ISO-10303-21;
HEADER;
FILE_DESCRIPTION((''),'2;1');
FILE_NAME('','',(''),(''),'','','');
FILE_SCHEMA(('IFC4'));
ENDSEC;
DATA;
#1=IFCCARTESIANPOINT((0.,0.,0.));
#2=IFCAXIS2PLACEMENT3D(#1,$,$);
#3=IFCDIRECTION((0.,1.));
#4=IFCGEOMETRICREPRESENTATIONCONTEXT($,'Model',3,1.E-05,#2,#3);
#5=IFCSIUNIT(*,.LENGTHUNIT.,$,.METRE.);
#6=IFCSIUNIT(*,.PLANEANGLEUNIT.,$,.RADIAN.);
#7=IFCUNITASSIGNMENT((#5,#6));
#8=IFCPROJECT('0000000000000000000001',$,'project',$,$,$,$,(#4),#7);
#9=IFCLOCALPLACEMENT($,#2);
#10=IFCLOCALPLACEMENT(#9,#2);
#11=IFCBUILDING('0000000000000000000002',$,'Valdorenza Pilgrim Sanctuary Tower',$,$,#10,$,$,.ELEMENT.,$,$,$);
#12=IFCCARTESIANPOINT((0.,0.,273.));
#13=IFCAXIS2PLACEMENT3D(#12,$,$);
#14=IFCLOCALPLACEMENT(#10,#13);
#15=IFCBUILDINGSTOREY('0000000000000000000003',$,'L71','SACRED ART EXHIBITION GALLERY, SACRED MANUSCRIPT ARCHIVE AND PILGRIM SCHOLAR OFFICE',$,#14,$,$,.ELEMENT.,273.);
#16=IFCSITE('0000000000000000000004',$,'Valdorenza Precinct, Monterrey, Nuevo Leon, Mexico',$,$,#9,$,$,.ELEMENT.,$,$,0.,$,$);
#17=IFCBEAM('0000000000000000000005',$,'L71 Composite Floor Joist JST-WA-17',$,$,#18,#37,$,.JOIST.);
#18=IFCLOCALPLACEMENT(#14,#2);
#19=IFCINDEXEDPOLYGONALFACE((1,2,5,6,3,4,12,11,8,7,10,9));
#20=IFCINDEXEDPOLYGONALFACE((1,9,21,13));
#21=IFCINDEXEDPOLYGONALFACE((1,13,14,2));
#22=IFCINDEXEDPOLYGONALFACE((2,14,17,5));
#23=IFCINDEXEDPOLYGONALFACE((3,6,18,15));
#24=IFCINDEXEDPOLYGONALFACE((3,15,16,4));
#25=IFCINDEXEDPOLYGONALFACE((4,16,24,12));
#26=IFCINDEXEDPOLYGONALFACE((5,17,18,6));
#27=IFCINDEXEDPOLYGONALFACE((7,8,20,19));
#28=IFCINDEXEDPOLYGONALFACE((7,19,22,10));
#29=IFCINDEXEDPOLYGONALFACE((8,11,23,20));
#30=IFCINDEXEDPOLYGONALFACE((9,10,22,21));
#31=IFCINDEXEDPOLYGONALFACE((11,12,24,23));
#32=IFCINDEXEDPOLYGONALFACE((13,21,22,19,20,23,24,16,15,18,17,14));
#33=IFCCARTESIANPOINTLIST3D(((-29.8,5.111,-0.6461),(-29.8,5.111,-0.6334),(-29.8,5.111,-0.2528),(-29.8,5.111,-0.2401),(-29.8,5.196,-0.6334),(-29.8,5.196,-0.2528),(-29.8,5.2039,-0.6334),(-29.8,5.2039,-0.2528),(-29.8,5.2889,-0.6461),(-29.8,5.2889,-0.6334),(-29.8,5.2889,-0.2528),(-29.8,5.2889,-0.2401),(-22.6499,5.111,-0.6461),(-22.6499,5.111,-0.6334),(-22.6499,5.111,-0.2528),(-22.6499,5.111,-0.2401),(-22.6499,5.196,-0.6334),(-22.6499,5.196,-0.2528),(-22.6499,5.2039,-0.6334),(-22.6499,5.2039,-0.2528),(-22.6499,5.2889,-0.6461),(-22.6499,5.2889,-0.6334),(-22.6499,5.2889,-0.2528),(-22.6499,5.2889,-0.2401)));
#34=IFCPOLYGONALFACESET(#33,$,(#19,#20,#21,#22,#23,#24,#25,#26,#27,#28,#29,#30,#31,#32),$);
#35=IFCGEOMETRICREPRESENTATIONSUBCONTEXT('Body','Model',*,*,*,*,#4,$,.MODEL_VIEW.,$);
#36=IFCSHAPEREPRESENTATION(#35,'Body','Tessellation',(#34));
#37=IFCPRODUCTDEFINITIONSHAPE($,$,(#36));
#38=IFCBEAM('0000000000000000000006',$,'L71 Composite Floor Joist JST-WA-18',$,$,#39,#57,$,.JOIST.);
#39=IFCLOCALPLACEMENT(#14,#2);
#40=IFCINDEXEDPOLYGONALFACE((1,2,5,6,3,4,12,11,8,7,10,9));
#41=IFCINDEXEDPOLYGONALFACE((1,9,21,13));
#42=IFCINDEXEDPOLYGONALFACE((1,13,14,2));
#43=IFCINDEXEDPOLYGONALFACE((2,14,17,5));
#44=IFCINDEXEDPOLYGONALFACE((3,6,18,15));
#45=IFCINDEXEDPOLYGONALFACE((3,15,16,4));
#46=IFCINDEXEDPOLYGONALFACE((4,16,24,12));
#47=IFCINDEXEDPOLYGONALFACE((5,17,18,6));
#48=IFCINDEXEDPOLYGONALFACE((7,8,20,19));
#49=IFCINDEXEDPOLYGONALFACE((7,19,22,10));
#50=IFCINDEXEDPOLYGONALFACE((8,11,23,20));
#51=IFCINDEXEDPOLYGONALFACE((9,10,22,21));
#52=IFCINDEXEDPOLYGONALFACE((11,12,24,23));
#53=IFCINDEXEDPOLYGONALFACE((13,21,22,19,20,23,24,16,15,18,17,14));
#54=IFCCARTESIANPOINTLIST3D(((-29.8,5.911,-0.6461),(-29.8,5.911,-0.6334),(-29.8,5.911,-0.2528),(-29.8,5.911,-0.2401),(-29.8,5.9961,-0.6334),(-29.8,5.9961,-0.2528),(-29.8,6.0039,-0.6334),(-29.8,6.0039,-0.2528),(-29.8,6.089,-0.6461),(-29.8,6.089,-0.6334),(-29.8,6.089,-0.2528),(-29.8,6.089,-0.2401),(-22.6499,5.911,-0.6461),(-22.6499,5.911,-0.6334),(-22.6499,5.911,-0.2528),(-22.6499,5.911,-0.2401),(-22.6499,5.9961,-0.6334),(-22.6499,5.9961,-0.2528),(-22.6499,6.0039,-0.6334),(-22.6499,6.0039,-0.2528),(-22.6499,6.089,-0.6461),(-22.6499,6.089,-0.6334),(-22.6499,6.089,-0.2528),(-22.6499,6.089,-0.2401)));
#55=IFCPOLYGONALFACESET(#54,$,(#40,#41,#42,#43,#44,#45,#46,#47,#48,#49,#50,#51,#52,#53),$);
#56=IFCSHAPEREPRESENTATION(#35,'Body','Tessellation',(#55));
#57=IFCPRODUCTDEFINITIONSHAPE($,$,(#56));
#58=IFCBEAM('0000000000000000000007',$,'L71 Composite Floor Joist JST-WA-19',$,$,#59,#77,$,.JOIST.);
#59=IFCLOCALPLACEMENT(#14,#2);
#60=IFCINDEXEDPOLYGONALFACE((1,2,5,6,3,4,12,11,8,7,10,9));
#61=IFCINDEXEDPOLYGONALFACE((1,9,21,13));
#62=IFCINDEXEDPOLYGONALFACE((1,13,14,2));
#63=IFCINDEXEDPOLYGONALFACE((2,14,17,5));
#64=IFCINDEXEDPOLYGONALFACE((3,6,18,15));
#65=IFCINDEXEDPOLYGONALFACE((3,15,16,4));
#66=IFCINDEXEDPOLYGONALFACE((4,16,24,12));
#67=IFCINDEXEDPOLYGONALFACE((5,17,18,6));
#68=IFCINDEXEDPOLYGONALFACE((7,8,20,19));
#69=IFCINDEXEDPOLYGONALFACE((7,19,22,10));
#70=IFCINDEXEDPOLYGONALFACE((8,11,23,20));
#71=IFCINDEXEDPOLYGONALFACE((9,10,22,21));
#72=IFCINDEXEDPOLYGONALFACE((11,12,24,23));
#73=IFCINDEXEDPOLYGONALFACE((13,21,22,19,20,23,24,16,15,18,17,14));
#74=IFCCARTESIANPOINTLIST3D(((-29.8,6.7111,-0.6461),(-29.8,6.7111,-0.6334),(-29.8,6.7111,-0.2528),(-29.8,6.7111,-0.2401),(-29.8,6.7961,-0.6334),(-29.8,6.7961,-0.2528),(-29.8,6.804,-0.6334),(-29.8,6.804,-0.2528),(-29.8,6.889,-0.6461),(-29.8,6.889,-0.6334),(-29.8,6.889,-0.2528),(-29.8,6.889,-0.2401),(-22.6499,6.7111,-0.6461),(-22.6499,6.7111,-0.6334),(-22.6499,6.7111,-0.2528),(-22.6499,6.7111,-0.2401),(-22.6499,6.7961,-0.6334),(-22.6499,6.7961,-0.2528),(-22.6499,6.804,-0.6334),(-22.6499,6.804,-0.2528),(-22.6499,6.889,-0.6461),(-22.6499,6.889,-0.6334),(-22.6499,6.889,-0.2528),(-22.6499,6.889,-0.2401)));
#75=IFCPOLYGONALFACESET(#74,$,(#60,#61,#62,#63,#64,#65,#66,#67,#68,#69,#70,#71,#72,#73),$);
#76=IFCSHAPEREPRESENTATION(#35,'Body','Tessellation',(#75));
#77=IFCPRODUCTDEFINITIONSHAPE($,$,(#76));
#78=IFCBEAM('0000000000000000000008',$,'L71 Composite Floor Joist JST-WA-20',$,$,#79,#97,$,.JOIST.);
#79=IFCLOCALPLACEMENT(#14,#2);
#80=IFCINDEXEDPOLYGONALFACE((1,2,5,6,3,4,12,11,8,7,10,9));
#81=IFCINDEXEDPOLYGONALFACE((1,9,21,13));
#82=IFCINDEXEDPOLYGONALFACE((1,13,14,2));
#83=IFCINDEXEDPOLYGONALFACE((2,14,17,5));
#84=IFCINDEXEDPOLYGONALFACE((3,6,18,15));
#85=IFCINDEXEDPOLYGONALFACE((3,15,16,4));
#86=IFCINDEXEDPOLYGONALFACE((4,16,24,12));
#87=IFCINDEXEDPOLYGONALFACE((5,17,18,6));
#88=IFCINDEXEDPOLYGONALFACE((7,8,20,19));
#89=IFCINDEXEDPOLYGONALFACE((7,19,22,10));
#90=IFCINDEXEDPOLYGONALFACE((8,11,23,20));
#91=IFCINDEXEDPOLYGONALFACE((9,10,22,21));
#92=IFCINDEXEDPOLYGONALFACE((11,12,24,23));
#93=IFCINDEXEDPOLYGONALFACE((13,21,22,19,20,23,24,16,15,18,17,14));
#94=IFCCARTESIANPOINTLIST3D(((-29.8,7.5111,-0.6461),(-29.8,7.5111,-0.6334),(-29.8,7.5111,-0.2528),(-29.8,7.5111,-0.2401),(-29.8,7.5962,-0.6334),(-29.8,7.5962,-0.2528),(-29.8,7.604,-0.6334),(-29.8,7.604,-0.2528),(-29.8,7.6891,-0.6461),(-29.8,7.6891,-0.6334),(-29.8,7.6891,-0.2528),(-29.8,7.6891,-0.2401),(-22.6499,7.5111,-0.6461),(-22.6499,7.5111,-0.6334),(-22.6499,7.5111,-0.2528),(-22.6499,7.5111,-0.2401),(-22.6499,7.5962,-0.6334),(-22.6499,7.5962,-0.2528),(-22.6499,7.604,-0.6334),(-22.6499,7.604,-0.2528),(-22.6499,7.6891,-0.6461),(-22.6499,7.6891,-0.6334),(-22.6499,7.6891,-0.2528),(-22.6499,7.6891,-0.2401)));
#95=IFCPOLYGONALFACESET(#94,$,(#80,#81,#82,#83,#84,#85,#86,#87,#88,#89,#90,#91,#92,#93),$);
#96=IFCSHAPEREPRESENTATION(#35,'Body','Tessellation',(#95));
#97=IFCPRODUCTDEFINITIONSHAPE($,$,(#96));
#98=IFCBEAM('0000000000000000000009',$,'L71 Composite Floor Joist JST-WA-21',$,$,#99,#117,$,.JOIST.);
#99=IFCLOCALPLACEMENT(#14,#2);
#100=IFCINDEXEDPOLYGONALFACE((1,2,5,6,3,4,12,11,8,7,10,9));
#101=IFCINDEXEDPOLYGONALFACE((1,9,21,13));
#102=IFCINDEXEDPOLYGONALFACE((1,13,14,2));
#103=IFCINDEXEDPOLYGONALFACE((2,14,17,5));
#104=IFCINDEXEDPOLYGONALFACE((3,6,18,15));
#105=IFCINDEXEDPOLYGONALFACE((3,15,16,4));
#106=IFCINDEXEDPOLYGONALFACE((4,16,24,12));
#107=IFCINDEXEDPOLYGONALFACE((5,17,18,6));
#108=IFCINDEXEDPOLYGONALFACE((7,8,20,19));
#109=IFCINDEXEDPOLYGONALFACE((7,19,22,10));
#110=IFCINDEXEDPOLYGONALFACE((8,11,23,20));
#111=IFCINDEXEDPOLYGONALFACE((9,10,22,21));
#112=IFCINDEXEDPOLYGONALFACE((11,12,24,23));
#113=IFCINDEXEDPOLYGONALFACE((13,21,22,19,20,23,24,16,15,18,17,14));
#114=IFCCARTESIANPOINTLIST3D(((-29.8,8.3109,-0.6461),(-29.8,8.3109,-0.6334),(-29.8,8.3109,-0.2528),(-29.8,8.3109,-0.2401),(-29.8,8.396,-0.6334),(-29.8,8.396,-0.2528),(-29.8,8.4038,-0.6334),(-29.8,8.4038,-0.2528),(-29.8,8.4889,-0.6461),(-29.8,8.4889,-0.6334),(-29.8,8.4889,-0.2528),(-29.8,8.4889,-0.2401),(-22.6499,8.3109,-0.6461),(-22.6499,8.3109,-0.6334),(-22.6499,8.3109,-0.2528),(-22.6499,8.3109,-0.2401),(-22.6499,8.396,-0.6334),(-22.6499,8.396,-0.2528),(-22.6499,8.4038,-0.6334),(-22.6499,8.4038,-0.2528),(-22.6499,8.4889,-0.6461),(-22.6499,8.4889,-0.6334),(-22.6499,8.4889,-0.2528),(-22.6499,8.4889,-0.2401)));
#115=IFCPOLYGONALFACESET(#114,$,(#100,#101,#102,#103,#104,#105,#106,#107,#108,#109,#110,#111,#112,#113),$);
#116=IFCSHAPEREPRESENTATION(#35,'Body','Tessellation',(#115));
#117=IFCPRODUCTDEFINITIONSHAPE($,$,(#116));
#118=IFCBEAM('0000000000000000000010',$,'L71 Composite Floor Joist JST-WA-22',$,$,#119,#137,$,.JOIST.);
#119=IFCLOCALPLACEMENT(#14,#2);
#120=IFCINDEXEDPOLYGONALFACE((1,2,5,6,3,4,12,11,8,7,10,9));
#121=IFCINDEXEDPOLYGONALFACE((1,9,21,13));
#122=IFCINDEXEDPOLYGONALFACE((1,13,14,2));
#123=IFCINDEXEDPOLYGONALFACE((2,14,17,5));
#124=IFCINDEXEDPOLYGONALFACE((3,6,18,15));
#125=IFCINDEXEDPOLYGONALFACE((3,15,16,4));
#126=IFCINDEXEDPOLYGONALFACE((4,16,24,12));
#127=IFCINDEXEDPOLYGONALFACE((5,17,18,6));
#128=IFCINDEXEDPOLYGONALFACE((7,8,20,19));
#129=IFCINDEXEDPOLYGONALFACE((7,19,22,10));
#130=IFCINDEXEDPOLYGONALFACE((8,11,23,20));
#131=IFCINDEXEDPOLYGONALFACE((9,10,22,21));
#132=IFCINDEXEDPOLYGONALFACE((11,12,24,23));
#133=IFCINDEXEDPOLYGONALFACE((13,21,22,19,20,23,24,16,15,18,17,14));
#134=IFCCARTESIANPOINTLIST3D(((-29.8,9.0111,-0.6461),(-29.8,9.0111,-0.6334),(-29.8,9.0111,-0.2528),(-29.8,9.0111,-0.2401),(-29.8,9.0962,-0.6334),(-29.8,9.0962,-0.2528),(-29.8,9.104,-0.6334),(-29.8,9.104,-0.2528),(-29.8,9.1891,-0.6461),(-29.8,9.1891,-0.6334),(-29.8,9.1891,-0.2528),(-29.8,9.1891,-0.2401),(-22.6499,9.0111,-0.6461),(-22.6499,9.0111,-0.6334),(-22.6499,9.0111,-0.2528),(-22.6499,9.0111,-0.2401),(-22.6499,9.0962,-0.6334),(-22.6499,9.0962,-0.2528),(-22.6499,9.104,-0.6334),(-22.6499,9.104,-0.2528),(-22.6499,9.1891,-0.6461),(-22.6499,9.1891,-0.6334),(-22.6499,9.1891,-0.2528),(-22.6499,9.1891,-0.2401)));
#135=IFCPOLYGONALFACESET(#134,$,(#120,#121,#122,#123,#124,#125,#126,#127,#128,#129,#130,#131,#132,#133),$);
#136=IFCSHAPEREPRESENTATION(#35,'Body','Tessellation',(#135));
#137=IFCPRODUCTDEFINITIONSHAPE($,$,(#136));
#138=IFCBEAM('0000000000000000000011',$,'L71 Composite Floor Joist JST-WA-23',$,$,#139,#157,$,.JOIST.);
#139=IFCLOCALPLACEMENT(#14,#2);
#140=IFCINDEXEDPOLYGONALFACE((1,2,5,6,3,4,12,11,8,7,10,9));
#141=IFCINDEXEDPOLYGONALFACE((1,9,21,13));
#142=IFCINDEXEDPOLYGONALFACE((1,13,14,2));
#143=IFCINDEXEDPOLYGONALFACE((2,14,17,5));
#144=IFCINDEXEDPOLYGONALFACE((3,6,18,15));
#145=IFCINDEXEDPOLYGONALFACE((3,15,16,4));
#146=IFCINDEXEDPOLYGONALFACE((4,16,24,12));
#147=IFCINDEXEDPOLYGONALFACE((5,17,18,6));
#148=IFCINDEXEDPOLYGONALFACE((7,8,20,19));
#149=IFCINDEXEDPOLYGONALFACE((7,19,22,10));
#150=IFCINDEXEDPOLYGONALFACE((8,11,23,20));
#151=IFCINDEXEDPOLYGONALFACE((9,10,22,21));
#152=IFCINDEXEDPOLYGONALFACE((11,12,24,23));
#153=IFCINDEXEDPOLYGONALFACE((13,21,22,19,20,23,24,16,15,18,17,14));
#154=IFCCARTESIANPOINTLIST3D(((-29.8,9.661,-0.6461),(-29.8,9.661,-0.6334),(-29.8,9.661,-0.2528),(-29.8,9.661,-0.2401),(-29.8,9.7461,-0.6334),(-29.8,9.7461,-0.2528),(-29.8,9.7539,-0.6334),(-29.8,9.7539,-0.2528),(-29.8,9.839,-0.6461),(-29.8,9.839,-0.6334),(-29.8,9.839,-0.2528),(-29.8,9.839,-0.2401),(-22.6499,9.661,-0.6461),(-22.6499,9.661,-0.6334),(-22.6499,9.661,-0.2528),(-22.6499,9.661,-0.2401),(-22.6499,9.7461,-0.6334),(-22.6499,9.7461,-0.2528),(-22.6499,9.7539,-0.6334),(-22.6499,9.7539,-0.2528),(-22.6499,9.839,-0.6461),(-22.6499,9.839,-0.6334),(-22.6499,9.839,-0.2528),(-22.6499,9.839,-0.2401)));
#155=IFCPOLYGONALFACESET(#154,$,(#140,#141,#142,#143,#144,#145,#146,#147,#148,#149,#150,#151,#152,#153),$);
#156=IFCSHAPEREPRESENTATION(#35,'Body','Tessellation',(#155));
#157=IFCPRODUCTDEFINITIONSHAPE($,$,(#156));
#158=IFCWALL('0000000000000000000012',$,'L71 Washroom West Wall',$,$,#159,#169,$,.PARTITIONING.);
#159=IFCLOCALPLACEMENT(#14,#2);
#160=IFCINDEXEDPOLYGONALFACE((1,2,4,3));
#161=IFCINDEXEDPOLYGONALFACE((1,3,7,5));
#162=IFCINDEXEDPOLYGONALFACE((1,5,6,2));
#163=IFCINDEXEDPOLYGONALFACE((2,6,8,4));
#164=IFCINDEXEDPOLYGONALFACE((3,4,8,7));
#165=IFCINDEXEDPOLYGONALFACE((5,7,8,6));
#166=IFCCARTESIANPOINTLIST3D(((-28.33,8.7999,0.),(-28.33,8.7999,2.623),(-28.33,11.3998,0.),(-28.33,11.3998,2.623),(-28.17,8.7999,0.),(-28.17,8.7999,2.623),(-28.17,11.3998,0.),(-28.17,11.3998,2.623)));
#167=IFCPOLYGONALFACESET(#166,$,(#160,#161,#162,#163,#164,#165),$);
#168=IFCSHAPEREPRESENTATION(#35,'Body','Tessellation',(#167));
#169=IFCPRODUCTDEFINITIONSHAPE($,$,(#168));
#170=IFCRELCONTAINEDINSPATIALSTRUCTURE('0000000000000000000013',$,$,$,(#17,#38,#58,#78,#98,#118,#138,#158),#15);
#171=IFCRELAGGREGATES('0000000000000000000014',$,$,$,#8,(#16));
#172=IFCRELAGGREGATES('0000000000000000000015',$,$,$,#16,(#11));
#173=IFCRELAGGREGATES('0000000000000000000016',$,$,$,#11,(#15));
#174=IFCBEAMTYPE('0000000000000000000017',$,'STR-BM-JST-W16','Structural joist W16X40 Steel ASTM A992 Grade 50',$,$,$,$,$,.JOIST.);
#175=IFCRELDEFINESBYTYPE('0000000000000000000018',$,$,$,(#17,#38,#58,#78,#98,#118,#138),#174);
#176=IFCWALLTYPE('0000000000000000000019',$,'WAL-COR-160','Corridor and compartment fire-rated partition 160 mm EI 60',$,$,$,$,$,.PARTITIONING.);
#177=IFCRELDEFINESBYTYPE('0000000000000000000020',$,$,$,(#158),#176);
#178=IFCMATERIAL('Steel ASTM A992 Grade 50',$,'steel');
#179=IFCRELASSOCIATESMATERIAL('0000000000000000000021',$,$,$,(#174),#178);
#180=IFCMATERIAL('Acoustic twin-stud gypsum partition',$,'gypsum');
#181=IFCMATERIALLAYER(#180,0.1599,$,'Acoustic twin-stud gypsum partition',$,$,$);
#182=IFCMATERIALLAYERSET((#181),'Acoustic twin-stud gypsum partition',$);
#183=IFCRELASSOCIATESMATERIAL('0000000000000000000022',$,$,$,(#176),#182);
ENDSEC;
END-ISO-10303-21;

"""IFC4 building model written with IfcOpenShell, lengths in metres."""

from ifc_helpers import new_model, si_unit, direction, frame, frame_2d, origin, origin_2d, place, context, subcontext, project, spatial, rectangle, i_section, extrude, source, transform, mapped, material, layer, layer_set, material_profile, profile_set, type_object, element, save


model = new_model("IFC4")

# Units and contexts
model_context = context("Model", 3, precision=1e-05, world=origin(), true_north=direction((0.0, 1.0)))
body_context = subcontext(model_context, "Body", "Model", "MODEL_VIEW")
ifc_project = project(units=[si_unit("LENGTHUNIT", "METRE"), si_unit("PLANEANGLEUNIT", "RADIAN")], contexts=[model_context])

# Site, building, storey
site_placement = place(None, origin())
site = spatial("IfcSite", under=ifc_project, at=site_placement, Name="Valdorenza Precinct, Monterrey, Nuevo Leon, Mexico", CompositionType="ELEMENT", RefElevation=0.0)
building_placement = place(site_placement, origin())
building = spatial("IfcBuilding", under=site, at=building_placement, Name="Valdorenza Pilgrim Sanctuary Tower", CompositionType="ELEMENT")
storey_placement = place(building_placement, frame((0.0, 0.0, 273.0)))
storey = spatial("IfcBuildingStorey", under=building, at=storey_placement, Name="L71", Description="SACRED ART EXHIBITION GALLERY, SACRED MANUSCRIPT ARCHIVE AND PILGRIM SCHOLAR OFFICE", CompositionType="ELEMENT", Elevation=273.0)

# Beams
ifc_material_1 = material(Name="Steel ASTM A992 Grade 50", Category="steel")
ifc_material_profile = material_profile(ifc_material_1, i_section(OverallWidth=0.178, OverallDepth=0.406, WebThickness=0.0078, FlangeThickness=0.0127, at=origin_2d()), Name="W16X40")
ifc_profile_set = profile_set([ifc_material_profile], Name="Steel ASTM A992 Grade 50")
beam_type = type_object("IfcBeamType", Name="STR-BM-JST-W16", Description="Structural joist W16X40 Steel ASTM A992 Grade 50", PredefinedType="JOIST", material=ifc_profile_set)
shared_shape = source(origin(), body_context, "Body", "SweptSolid", [
    extrude(i_section(OverallWidth=0.178, OverallDepth=0.406, WebThickness=0.0078, FlangeThickness=0.0127, at=origin_2d()), origin(), (0.0, 0.0, 1.0), 7.1501),
])
for number, where, z_axis, x_axis, name in (
    (1, (-29.8, 5.2, -0.4431), (1.0, 0.0, 0.0), (0.0, 1.0, 0.0), "L71 Composite Floor Joist JST-WA-17"),
    (2, (-29.8, 6.0, -0.4431), (1.0, 0.0, 0.0), (0.0, 1.0, 0.0), "L71 Composite Floor Joist JST-WA-18"),
    (3, (-29.8, 6.8, -0.4431), (1.0, 0.0, 0.0), (0.0, 1.0, 0.0), "L71 Composite Floor Joist JST-WA-19"),
    (4, (-29.8, 7.6001, -0.4431), (1.0, 0.0, 0.0), (0.0, 1.0, 0.0), "L71 Composite Floor Joist JST-WA-20"),
    (5, (-29.8, 8.3999, -0.4431), (1.0, 0.0, 0.0), (0.0, 1.0, 0.0), "L71 Composite Floor Joist JST-WA-21"),
    (6, (-29.8, 9.1001, -0.4431), (1.0, 0.0, 0.0), (0.0, 1.0, 0.0), "L71 Composite Floor Joist JST-WA-22"),
    (7, (-29.8, 9.75, -0.4431), (1.0, 0.0, 0.0), (0.0, 1.0, 0.0), "L71 Composite Floor Joist JST-WA-23"),
):
    element("IfcBeam", number, at=place(storey_placement, frame(where, z_axis=z_axis, x_axis=x_axis)), inside=storey, type_object=beam_type, Name=name, PredefinedType="JOIST", context=body_context, shape_type="MappedRepresentation", body=[
        mapped(shared_shape, transform((0.0, 0.0, 0.0), x_axis=(1.0, 0.0, 0.0), y_axis=(0.0, 1.0, 0.0), z_axis=(0.0, 0.0, 1.0), scale=1.0)),
    ])

# Wall
ifc_material_2 = material(Name="Acoustic twin-stud gypsum partition", Category="gypsum")
ifc_layer_1 = layer(ifc_material_2, 0.1599, Name="Acoustic twin-stud gypsum partition")
ifc_layer_set_1 = layer_set([ifc_layer_1], Name="Acoustic twin-stud gypsum partition")
wall_type_1 = type_object("IfcWallType", Name="WAL-COR-160", Description="Corridor and compartment fire-rated partition 160 mm EI 60", PredefinedType="PARTITIONING", material=ifc_layer_set_1)
wall_1_placement = place(storey_placement, frame((-28.25, 8.8, 0.0), z_axis=(0.0, 0.0, 1.0), x_axis=(0.0, 1.0, 0.0)))
element("IfcWall", 8, at=wall_1_placement, inside=storey, type_object=wall_type_1, Name="L71 Washroom West Wall", PredefinedType="PARTITIONING", context=body_context, shape_type="SweptSolid", body=[
    extrude(rectangle(XDim=2.5999, YDim=0.1599, at=frame_2d((1.2998, 0.0))), origin(), (0.0, 0.0, 1.0), 2.623),
])

save(model, "model.ifc")
